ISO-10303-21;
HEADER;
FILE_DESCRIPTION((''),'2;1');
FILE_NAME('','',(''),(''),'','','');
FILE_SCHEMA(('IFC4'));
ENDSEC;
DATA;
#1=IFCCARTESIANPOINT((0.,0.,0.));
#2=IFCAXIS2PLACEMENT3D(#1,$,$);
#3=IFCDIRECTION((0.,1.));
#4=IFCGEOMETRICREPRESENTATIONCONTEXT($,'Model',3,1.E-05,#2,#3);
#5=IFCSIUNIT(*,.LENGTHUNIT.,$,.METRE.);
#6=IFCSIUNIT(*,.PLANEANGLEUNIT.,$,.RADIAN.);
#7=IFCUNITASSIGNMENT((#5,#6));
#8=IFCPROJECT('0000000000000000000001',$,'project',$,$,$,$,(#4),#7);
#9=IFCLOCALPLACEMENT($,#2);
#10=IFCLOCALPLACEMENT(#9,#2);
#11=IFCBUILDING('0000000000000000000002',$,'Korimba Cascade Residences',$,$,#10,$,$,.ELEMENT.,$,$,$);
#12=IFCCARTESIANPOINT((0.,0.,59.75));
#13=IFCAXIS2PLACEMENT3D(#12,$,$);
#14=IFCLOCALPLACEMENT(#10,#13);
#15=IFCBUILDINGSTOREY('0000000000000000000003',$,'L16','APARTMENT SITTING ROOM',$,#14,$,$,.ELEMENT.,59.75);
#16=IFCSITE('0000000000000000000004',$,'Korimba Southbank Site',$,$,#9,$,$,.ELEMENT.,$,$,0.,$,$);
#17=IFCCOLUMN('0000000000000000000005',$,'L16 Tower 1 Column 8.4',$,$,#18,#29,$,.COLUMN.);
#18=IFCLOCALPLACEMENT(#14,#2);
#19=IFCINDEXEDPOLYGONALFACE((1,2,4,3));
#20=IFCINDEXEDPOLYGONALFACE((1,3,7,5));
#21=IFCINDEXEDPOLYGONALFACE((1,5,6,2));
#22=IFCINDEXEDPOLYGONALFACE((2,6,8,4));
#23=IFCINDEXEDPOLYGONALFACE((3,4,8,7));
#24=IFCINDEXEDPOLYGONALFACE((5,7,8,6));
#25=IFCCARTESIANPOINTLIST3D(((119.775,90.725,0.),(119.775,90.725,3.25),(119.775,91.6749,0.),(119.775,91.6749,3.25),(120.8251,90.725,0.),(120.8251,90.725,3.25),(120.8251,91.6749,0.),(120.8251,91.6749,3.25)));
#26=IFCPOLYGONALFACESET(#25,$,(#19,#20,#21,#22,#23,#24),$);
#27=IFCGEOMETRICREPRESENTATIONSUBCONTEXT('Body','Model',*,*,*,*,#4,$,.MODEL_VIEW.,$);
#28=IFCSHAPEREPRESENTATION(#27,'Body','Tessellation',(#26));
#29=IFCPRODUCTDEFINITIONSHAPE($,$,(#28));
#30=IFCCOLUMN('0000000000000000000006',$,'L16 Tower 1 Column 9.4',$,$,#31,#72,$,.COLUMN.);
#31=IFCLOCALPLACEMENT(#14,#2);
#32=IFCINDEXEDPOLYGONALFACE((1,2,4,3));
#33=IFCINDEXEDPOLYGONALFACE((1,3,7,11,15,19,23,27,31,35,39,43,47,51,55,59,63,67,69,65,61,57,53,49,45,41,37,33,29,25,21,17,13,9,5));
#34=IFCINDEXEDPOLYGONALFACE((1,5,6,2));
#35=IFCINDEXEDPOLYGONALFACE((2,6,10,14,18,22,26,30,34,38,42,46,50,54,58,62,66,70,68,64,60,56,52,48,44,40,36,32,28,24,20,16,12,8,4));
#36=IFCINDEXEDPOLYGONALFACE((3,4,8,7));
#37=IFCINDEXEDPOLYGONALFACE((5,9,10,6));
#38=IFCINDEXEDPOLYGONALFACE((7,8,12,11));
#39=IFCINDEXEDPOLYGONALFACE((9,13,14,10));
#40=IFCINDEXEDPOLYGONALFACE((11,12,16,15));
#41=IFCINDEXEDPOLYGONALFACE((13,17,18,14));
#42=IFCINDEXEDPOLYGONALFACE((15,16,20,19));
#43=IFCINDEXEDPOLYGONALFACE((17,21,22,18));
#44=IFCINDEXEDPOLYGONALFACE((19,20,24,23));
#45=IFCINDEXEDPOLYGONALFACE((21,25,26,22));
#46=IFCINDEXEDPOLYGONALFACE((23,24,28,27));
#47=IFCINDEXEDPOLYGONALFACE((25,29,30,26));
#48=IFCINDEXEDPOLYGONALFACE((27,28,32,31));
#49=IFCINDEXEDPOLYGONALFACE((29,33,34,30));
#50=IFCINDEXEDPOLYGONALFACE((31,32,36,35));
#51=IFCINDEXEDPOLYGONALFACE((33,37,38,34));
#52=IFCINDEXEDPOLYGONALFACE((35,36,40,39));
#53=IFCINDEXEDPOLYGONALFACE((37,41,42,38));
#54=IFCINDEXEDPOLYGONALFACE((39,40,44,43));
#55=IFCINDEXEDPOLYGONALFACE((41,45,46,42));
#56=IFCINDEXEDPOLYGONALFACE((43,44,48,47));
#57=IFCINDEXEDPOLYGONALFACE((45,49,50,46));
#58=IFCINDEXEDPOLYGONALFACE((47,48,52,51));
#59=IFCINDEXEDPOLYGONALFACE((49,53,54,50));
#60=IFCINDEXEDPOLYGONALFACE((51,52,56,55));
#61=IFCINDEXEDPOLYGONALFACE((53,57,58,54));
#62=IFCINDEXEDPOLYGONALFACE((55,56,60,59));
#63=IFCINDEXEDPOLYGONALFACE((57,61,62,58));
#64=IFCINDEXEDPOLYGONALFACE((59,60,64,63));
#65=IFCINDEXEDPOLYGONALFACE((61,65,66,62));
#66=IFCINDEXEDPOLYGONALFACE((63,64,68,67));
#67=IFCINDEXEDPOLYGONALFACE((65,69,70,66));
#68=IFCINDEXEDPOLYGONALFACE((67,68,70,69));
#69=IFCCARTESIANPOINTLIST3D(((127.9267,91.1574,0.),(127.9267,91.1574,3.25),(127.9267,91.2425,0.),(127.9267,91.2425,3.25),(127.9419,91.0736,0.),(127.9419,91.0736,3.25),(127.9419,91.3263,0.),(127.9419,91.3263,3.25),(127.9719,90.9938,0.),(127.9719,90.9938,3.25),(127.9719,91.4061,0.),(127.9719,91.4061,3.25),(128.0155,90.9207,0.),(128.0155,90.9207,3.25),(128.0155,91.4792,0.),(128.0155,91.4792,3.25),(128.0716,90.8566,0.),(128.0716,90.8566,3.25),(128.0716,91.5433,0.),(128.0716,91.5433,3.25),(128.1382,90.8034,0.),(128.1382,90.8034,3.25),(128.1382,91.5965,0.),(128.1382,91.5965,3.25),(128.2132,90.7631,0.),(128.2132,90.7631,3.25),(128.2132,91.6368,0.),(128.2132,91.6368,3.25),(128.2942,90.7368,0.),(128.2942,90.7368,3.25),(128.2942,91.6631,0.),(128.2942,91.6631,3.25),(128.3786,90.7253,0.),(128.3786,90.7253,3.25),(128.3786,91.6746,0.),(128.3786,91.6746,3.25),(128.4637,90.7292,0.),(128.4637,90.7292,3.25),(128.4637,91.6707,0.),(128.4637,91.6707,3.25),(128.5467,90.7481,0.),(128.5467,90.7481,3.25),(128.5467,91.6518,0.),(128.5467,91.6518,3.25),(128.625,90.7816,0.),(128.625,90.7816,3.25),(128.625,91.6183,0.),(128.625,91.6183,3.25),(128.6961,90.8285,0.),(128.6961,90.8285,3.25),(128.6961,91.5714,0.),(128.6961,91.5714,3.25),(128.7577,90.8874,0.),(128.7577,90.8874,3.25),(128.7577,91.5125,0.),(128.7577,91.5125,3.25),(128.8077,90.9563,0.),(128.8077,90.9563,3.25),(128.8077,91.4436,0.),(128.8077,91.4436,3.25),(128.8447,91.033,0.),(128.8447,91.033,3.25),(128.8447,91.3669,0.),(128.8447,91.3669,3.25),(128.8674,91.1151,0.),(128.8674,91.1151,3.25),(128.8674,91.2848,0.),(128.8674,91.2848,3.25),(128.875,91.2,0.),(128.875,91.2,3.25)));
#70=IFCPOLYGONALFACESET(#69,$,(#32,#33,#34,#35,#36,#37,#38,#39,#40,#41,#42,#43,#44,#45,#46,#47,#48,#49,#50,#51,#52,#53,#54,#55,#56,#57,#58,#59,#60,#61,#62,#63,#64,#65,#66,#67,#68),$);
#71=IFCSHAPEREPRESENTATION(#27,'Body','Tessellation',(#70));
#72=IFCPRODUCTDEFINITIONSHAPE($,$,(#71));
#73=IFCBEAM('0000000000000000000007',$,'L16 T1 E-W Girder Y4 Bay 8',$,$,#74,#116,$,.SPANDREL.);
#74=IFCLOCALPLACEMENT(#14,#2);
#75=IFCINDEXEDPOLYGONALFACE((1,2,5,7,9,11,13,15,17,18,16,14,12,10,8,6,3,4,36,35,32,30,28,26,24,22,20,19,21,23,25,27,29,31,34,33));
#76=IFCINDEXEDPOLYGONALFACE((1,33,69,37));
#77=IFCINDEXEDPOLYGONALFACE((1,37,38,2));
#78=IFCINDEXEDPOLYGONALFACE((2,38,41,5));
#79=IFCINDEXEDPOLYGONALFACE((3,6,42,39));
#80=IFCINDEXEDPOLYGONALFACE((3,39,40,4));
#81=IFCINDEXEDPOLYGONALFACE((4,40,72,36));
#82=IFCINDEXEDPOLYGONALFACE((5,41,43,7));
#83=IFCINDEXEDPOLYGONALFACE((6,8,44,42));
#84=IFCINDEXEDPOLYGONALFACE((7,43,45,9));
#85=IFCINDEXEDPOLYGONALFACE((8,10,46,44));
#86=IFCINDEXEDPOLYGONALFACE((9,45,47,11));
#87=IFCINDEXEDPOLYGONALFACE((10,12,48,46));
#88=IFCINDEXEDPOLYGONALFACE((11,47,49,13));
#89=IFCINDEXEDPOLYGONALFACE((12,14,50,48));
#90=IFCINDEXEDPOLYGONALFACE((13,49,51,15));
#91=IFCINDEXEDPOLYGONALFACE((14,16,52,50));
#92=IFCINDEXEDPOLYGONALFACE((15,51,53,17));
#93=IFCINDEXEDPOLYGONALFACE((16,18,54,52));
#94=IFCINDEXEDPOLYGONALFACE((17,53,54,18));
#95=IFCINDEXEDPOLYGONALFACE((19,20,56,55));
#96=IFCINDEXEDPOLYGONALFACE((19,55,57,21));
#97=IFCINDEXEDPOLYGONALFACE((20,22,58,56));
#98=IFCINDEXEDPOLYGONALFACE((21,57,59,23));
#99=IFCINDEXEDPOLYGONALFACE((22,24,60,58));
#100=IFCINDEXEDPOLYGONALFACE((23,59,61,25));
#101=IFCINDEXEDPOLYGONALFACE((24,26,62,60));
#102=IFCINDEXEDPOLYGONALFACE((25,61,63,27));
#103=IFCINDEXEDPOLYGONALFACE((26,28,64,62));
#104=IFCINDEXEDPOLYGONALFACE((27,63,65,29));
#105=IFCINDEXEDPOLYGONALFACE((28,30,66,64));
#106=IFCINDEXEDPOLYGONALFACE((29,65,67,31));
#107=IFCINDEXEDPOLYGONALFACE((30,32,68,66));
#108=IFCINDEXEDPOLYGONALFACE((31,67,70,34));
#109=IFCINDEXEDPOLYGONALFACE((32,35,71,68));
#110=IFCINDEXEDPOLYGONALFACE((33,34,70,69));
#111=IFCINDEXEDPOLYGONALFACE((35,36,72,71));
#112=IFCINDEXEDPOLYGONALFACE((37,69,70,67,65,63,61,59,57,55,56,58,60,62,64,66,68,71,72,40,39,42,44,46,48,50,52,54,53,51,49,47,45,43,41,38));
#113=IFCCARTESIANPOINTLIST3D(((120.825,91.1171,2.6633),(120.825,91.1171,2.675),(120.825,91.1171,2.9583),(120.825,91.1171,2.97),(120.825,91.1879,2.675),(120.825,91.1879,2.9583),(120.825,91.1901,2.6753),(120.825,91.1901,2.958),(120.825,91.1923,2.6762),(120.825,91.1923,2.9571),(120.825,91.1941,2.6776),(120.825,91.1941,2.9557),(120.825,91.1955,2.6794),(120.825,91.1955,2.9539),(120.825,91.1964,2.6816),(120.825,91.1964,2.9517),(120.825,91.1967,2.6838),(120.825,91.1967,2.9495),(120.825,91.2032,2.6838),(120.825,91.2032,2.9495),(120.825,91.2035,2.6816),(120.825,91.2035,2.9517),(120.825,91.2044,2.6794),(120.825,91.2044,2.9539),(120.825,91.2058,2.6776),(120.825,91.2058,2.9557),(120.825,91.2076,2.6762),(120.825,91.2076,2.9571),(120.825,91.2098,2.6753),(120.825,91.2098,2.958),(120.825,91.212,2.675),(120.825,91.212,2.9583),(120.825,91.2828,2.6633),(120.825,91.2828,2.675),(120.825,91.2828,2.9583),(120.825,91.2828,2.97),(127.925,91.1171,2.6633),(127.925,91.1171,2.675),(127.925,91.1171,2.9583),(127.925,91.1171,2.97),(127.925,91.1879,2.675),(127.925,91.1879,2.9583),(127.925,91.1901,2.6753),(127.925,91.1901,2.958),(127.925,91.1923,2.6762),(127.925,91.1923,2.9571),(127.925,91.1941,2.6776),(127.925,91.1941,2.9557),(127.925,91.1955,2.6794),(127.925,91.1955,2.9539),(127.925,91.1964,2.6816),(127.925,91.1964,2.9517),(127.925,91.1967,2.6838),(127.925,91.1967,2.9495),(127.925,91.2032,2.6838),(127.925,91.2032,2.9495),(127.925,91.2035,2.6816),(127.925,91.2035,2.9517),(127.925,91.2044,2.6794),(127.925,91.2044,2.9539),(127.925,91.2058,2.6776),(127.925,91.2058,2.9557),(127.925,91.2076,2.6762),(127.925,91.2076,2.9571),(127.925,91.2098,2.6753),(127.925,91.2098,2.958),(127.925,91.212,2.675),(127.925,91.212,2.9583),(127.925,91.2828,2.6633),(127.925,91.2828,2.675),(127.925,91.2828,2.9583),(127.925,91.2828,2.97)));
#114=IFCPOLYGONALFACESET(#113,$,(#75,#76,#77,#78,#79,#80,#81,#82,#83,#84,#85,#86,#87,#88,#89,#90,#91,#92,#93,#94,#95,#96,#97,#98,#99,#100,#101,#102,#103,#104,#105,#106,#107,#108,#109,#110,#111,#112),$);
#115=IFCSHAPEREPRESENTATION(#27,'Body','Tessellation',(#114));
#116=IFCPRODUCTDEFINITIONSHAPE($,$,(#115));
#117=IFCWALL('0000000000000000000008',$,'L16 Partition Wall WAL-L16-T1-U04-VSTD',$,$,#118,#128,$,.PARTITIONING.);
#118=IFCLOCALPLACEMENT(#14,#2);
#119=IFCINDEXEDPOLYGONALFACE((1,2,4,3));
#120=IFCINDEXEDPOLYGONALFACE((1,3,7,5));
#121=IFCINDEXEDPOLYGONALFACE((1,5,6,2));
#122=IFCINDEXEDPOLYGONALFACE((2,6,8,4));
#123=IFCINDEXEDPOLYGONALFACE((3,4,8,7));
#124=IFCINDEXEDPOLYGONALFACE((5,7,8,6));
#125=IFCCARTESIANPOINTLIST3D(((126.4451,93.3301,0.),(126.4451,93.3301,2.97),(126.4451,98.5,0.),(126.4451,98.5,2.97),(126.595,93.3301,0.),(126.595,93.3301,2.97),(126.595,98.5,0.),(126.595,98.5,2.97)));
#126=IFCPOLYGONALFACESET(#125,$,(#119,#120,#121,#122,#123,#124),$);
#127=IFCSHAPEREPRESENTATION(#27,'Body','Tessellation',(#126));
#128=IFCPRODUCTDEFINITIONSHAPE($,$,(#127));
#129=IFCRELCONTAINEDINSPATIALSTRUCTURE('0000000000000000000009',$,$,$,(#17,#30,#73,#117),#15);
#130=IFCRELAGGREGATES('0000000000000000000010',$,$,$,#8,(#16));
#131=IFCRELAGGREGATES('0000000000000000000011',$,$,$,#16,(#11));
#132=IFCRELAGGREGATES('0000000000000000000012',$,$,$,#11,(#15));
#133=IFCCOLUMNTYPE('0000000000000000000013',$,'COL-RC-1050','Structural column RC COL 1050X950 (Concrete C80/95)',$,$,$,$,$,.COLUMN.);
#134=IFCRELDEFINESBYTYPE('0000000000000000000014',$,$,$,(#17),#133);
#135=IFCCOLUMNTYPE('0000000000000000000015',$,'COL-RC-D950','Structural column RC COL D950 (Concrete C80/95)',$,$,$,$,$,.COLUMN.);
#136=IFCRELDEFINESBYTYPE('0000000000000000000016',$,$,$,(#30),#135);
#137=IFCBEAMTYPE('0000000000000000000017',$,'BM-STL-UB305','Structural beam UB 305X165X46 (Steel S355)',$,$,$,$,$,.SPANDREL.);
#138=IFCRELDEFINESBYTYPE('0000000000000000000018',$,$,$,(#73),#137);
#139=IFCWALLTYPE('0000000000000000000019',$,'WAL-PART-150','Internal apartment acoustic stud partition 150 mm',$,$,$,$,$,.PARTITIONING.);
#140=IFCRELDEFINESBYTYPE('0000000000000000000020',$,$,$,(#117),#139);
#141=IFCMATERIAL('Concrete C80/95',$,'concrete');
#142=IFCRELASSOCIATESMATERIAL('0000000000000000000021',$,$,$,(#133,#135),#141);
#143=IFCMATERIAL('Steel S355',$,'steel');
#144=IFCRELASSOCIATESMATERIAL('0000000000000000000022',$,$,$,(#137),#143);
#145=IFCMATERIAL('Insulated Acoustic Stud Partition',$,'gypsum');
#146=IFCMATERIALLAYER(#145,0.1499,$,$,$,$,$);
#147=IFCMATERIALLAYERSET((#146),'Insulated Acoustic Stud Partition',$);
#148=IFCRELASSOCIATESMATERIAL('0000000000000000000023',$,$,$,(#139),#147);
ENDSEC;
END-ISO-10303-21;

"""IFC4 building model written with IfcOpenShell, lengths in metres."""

from ifc_helpers import new_model, si_unit, direction, frame, frame_2d, origin, origin_2d, place, context, subcontext, project, spatial, rectangle, circle, i_section, extrude, material, layer, layer_set, material_profile, profile_set, type_object, element, save


model = new_model("IFC4")

# Units and contexts
model_context = context("Model", 3, precision=1e-05, world=origin(), true_north=direction((0.0, 1.0)))
body_context = subcontext(model_context, "Body", "Model", "MODEL_VIEW")
ifc_project = project(units=[si_unit("LENGTHUNIT", "METRE"), si_unit("PLANEANGLEUNIT", "RADIAN")], contexts=[model_context])

# Site, building, storey
site_placement = place(None, origin())
site = spatial("IfcSite", under=ifc_project, at=site_placement, Name="Korimba Southbank Site", CompositionType="ELEMENT", RefElevation=0.0)
building_placement = place(site_placement, origin())
building = spatial("IfcBuilding", under=site, at=building_placement, Name="Korimba Cascade Residences", CompositionType="ELEMENT")
storey_placement = place(building_placement, frame((0.0, 0.0, 59.75)))
storey = spatial("IfcBuildingStorey", under=building, at=storey_placement, Name="L16", Description="APARTMENT SITTING ROOM", CompositionType="ELEMENT", Elevation=59.75)

# Columns
ifc_material_1 = material(Name="Concrete C80/95", Category="concrete")
ifc_material_profile_1 = material_profile(ifc_material_1, rectangle(XDim=1.05, YDim=0.95, at=origin_2d()), Name="Concrete C80/95")
ifc_profile_set_1 = profile_set([ifc_material_profile_1], Name="Concrete C80/95")
column_type_1 = type_object("IfcColumnType", Name="COL-RC-1050", Description="Structural column RC COL 1050X950 (Concrete C80/95)", PredefinedType="COLUMN", material=ifc_profile_set_1)
column_1_placement = place(storey_placement, frame((120.3, 91.2, 0.0), z_axis=(0.0, 0.0, 1.0), x_axis=(1.0, 0.0, 0.0)))
element("IfcColumn", 1, at=column_1_placement, inside=storey, type_object=column_type_1, Name="L16 Tower 1 Column 8.4", PredefinedType="COLUMN", context=body_context, shape_type="SweptSolid", body=[
    extrude(rectangle(XDim=1.05, YDim=0.95, at=origin_2d()), origin(), (0.0, 0.0, 1.0), 3.25),
])
ifc_material_profile_2 = material_profile(ifc_material_1, circle(Radius=0.4751, at=origin_2d()), Name="Concrete C80/95")
ifc_profile_set_2 = profile_set([ifc_material_profile_2], Name="Concrete C80/95")
column_type_2 = type_object("IfcColumnType", Name="COL-RC-D950", Description="Structural column RC COL D950 (Concrete C80/95)", PredefinedType="COLUMN", material=ifc_profile_set_2)
column_2_placement = place(storey_placement, frame((128.3999, 91.2, 0.0), z_axis=(0.0, 0.0, 1.0), x_axis=(1.0, 0.0, 0.0)))
element("IfcColumn", 2, at=column_2_placement, inside=storey, type_object=column_type_2, Name="L16 Tower 1 Column 9.4", PredefinedType="COLUMN", context=body_context, shape_type="SweptSolid", body=[
    extrude(circle(Radius=0.4751, at=origin_2d()), origin(), (0.0, 0.0, 1.0), 3.25),
])

# Beam
ifc_material_2 = material(Name="Steel S355", Category="steel")
ifc_material_profile_3 = material_profile(ifc_material_2, i_section(OverallWidth=0.1658, OverallDepth=0.3066, WebThickness=0.0066, FlangeThickness=0.0117, FilletRadius=0.0088, at=origin_2d()), Name="Steel S355")
ifc_profile_set_3 = profile_set([ifc_material_profile_3], Name="Steel S355")
beam_type = type_object("IfcBeamType", Name="BM-STL-UB305", Description="Structural beam UB 305X165X46 (Steel S355)", PredefinedType="SPANDREL", material=ifc_profile_set_3)
beam_placement = place(storey_placement, frame((120.825, 91.2, 2.8167), z_axis=(1.0, 0.0, 0.0), x_axis=(0.0, 1.0, 0.0)))
element("IfcBeam", 3, at=beam_placement, inside=storey, type_object=beam_type, Name="L16 T1 E-W Girder Y4 Bay 8", PredefinedType="SPANDREL", context=body_context, shape_type="SweptSolid", body=[
    extrude(i_section(OverallWidth=0.1658, OverallDepth=0.3066, WebThickness=0.0066, FlangeThickness=0.0117, FilletRadius=0.0088, at=origin_2d()), origin(), (0.0, 0.0, 1.0), 7.1001),
])

# Wall
ifc_material_3 = material(Name="Insulated Acoustic Stud Partition", Category="gypsum")
ifc_layer = layer(ifc_material_3, 0.1499)
ifc_layer_set = layer_set([ifc_layer], Name="Insulated Acoustic Stud Partition")
wall_type = type_object("IfcWallType", Name="WAL-PART-150", Description="Internal apartment acoustic stud partition 150 mm", PredefinedType="PARTITIONING", material=ifc_layer_set)
wall_1_placement = place(storey_placement, frame((126.52, 93.3301, 0.0), z_axis=(0.0, 0.0, 1.0), x_axis=(0.0, 1.0, 0.0)))
element("IfcWall", 4, at=wall_1_placement, inside=storey, type_object=wall_type, Name="L16 Partition Wall WAL-L16-T1-U04-VSTD", PredefinedType="PARTITIONING", context=body_context, shape_type="SweptSolid", body=[
    extrude(rectangle(XDim=5.1699, YDim=0.1499, at=frame_2d((2.585, 0.0))), origin(), (0.0, 0.0, 1.0), 2.97),
])

save(model, "model.ifc")
